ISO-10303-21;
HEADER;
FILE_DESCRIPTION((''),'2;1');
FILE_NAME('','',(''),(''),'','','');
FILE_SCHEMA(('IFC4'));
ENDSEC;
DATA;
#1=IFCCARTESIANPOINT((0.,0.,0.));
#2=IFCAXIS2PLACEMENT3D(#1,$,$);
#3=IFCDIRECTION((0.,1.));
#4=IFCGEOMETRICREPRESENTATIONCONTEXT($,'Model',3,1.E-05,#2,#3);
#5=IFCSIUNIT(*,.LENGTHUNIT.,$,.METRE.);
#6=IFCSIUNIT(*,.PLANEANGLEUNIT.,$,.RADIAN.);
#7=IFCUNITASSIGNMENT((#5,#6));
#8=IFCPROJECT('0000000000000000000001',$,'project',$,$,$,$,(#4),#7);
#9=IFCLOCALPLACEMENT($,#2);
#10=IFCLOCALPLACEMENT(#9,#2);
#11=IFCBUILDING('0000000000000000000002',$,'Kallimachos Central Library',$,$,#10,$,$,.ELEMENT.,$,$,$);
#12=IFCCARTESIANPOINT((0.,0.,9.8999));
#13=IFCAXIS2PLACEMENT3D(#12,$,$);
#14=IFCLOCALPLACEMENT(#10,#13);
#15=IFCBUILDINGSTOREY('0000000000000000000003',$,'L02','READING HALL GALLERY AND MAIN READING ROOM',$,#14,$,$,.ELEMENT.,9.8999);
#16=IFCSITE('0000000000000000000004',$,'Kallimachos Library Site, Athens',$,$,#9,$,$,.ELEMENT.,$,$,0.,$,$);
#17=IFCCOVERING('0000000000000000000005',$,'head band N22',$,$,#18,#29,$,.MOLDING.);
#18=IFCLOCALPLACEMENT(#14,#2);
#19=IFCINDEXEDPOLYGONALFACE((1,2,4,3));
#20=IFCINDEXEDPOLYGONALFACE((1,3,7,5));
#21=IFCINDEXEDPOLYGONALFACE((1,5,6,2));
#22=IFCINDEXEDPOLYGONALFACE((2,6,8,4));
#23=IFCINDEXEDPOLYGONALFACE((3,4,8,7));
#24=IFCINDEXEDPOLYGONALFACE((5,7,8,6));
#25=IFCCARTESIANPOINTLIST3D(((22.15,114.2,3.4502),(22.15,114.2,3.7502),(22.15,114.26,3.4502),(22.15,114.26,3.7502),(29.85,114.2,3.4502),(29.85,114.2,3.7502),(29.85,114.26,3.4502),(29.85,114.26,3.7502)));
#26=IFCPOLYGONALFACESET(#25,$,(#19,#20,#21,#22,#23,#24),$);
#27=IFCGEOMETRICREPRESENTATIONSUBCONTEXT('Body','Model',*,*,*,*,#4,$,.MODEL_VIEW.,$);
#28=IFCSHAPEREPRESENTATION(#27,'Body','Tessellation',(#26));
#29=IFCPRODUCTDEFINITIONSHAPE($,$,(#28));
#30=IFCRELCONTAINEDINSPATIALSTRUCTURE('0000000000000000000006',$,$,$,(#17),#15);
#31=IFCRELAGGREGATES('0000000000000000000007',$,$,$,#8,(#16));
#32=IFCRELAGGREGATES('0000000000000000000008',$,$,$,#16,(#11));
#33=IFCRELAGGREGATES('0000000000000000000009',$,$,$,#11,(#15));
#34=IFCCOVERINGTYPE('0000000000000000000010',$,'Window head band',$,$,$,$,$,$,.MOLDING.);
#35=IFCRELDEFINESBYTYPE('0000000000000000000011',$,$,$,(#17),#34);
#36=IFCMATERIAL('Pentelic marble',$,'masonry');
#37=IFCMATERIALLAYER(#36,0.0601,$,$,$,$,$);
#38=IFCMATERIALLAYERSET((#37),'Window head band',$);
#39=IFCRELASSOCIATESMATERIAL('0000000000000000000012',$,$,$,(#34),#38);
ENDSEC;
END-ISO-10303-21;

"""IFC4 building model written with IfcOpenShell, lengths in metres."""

from ifc_helpers import new_model, si_unit, direction, frame, origin, origin_2d, place, context, subcontext, project, spatial, rectangle, extrude, material, layer, layer_set, type_object, element, save


model = new_model("IFC4")

# Units and contexts
model_context = context("Model", 3, precision=1e-05, world=origin(), true_north=direction((0.0, 1.0)))
body_context = subcontext(model_context, "Body", "Model", "MODEL_VIEW")
ifc_project = project(units=[si_unit("LENGTHUNIT", "METRE"), si_unit("PLANEANGLEUNIT", "RADIAN")], contexts=[model_context])

# Site, building, storey
site_placement = place(None, origin())
site = spatial("IfcSite", under=ifc_project, at=site_placement, Name="Kallimachos Library Site, Athens", CompositionType="ELEMENT", RefElevation=0.0)
building_placement = place(site_placement, origin())
building = spatial("IfcBuilding", under=site, at=building_placement, Name="Kallimachos Central Library", CompositionType="ELEMENT")
storey_placement = place(building_placement, frame((0.0, 0.0, 9.8999)))
storey = spatial("IfcBuildingStorey", under=building, at=storey_placement, Name="L02", Description="READING HALL GALLERY AND MAIN READING ROOM", CompositionType="ELEMENT", Elevation=9.8999)

# Covering
ifc_material_1 = material(Name="Pentelic marble", Category="masonry")
ifc_layer_1 = layer(ifc_material_1, 0.0601)
ifc_layer_set_1 = layer_set([ifc_layer_1], Name="Window head band")
covering_type_1 = type_object("IfcCoveringType", Name="Window head band", PredefinedType="MOLDING", material=ifc_layer_set_1)
covering_1_placement = place(storey_placement, frame((26.0, 114.23, 3.4502), z_axis=(0.0, 0.0, 1.0), x_axis=(1.0, 0.0, 0.0)))
element("IfcCovering", 1, at=covering_1_placement, inside=storey, type_object=covering_type_1, Name="head band N22", PredefinedType="MOLDING", context=body_context, shape_type="SweptSolid", body=[
    extrude(rectangle(XDim=7.7, YDim=0.0601, at=origin_2d()), origin(), (0.0, 0.0, 1.0), 0.3),
])

save(model, "model.ifc")
